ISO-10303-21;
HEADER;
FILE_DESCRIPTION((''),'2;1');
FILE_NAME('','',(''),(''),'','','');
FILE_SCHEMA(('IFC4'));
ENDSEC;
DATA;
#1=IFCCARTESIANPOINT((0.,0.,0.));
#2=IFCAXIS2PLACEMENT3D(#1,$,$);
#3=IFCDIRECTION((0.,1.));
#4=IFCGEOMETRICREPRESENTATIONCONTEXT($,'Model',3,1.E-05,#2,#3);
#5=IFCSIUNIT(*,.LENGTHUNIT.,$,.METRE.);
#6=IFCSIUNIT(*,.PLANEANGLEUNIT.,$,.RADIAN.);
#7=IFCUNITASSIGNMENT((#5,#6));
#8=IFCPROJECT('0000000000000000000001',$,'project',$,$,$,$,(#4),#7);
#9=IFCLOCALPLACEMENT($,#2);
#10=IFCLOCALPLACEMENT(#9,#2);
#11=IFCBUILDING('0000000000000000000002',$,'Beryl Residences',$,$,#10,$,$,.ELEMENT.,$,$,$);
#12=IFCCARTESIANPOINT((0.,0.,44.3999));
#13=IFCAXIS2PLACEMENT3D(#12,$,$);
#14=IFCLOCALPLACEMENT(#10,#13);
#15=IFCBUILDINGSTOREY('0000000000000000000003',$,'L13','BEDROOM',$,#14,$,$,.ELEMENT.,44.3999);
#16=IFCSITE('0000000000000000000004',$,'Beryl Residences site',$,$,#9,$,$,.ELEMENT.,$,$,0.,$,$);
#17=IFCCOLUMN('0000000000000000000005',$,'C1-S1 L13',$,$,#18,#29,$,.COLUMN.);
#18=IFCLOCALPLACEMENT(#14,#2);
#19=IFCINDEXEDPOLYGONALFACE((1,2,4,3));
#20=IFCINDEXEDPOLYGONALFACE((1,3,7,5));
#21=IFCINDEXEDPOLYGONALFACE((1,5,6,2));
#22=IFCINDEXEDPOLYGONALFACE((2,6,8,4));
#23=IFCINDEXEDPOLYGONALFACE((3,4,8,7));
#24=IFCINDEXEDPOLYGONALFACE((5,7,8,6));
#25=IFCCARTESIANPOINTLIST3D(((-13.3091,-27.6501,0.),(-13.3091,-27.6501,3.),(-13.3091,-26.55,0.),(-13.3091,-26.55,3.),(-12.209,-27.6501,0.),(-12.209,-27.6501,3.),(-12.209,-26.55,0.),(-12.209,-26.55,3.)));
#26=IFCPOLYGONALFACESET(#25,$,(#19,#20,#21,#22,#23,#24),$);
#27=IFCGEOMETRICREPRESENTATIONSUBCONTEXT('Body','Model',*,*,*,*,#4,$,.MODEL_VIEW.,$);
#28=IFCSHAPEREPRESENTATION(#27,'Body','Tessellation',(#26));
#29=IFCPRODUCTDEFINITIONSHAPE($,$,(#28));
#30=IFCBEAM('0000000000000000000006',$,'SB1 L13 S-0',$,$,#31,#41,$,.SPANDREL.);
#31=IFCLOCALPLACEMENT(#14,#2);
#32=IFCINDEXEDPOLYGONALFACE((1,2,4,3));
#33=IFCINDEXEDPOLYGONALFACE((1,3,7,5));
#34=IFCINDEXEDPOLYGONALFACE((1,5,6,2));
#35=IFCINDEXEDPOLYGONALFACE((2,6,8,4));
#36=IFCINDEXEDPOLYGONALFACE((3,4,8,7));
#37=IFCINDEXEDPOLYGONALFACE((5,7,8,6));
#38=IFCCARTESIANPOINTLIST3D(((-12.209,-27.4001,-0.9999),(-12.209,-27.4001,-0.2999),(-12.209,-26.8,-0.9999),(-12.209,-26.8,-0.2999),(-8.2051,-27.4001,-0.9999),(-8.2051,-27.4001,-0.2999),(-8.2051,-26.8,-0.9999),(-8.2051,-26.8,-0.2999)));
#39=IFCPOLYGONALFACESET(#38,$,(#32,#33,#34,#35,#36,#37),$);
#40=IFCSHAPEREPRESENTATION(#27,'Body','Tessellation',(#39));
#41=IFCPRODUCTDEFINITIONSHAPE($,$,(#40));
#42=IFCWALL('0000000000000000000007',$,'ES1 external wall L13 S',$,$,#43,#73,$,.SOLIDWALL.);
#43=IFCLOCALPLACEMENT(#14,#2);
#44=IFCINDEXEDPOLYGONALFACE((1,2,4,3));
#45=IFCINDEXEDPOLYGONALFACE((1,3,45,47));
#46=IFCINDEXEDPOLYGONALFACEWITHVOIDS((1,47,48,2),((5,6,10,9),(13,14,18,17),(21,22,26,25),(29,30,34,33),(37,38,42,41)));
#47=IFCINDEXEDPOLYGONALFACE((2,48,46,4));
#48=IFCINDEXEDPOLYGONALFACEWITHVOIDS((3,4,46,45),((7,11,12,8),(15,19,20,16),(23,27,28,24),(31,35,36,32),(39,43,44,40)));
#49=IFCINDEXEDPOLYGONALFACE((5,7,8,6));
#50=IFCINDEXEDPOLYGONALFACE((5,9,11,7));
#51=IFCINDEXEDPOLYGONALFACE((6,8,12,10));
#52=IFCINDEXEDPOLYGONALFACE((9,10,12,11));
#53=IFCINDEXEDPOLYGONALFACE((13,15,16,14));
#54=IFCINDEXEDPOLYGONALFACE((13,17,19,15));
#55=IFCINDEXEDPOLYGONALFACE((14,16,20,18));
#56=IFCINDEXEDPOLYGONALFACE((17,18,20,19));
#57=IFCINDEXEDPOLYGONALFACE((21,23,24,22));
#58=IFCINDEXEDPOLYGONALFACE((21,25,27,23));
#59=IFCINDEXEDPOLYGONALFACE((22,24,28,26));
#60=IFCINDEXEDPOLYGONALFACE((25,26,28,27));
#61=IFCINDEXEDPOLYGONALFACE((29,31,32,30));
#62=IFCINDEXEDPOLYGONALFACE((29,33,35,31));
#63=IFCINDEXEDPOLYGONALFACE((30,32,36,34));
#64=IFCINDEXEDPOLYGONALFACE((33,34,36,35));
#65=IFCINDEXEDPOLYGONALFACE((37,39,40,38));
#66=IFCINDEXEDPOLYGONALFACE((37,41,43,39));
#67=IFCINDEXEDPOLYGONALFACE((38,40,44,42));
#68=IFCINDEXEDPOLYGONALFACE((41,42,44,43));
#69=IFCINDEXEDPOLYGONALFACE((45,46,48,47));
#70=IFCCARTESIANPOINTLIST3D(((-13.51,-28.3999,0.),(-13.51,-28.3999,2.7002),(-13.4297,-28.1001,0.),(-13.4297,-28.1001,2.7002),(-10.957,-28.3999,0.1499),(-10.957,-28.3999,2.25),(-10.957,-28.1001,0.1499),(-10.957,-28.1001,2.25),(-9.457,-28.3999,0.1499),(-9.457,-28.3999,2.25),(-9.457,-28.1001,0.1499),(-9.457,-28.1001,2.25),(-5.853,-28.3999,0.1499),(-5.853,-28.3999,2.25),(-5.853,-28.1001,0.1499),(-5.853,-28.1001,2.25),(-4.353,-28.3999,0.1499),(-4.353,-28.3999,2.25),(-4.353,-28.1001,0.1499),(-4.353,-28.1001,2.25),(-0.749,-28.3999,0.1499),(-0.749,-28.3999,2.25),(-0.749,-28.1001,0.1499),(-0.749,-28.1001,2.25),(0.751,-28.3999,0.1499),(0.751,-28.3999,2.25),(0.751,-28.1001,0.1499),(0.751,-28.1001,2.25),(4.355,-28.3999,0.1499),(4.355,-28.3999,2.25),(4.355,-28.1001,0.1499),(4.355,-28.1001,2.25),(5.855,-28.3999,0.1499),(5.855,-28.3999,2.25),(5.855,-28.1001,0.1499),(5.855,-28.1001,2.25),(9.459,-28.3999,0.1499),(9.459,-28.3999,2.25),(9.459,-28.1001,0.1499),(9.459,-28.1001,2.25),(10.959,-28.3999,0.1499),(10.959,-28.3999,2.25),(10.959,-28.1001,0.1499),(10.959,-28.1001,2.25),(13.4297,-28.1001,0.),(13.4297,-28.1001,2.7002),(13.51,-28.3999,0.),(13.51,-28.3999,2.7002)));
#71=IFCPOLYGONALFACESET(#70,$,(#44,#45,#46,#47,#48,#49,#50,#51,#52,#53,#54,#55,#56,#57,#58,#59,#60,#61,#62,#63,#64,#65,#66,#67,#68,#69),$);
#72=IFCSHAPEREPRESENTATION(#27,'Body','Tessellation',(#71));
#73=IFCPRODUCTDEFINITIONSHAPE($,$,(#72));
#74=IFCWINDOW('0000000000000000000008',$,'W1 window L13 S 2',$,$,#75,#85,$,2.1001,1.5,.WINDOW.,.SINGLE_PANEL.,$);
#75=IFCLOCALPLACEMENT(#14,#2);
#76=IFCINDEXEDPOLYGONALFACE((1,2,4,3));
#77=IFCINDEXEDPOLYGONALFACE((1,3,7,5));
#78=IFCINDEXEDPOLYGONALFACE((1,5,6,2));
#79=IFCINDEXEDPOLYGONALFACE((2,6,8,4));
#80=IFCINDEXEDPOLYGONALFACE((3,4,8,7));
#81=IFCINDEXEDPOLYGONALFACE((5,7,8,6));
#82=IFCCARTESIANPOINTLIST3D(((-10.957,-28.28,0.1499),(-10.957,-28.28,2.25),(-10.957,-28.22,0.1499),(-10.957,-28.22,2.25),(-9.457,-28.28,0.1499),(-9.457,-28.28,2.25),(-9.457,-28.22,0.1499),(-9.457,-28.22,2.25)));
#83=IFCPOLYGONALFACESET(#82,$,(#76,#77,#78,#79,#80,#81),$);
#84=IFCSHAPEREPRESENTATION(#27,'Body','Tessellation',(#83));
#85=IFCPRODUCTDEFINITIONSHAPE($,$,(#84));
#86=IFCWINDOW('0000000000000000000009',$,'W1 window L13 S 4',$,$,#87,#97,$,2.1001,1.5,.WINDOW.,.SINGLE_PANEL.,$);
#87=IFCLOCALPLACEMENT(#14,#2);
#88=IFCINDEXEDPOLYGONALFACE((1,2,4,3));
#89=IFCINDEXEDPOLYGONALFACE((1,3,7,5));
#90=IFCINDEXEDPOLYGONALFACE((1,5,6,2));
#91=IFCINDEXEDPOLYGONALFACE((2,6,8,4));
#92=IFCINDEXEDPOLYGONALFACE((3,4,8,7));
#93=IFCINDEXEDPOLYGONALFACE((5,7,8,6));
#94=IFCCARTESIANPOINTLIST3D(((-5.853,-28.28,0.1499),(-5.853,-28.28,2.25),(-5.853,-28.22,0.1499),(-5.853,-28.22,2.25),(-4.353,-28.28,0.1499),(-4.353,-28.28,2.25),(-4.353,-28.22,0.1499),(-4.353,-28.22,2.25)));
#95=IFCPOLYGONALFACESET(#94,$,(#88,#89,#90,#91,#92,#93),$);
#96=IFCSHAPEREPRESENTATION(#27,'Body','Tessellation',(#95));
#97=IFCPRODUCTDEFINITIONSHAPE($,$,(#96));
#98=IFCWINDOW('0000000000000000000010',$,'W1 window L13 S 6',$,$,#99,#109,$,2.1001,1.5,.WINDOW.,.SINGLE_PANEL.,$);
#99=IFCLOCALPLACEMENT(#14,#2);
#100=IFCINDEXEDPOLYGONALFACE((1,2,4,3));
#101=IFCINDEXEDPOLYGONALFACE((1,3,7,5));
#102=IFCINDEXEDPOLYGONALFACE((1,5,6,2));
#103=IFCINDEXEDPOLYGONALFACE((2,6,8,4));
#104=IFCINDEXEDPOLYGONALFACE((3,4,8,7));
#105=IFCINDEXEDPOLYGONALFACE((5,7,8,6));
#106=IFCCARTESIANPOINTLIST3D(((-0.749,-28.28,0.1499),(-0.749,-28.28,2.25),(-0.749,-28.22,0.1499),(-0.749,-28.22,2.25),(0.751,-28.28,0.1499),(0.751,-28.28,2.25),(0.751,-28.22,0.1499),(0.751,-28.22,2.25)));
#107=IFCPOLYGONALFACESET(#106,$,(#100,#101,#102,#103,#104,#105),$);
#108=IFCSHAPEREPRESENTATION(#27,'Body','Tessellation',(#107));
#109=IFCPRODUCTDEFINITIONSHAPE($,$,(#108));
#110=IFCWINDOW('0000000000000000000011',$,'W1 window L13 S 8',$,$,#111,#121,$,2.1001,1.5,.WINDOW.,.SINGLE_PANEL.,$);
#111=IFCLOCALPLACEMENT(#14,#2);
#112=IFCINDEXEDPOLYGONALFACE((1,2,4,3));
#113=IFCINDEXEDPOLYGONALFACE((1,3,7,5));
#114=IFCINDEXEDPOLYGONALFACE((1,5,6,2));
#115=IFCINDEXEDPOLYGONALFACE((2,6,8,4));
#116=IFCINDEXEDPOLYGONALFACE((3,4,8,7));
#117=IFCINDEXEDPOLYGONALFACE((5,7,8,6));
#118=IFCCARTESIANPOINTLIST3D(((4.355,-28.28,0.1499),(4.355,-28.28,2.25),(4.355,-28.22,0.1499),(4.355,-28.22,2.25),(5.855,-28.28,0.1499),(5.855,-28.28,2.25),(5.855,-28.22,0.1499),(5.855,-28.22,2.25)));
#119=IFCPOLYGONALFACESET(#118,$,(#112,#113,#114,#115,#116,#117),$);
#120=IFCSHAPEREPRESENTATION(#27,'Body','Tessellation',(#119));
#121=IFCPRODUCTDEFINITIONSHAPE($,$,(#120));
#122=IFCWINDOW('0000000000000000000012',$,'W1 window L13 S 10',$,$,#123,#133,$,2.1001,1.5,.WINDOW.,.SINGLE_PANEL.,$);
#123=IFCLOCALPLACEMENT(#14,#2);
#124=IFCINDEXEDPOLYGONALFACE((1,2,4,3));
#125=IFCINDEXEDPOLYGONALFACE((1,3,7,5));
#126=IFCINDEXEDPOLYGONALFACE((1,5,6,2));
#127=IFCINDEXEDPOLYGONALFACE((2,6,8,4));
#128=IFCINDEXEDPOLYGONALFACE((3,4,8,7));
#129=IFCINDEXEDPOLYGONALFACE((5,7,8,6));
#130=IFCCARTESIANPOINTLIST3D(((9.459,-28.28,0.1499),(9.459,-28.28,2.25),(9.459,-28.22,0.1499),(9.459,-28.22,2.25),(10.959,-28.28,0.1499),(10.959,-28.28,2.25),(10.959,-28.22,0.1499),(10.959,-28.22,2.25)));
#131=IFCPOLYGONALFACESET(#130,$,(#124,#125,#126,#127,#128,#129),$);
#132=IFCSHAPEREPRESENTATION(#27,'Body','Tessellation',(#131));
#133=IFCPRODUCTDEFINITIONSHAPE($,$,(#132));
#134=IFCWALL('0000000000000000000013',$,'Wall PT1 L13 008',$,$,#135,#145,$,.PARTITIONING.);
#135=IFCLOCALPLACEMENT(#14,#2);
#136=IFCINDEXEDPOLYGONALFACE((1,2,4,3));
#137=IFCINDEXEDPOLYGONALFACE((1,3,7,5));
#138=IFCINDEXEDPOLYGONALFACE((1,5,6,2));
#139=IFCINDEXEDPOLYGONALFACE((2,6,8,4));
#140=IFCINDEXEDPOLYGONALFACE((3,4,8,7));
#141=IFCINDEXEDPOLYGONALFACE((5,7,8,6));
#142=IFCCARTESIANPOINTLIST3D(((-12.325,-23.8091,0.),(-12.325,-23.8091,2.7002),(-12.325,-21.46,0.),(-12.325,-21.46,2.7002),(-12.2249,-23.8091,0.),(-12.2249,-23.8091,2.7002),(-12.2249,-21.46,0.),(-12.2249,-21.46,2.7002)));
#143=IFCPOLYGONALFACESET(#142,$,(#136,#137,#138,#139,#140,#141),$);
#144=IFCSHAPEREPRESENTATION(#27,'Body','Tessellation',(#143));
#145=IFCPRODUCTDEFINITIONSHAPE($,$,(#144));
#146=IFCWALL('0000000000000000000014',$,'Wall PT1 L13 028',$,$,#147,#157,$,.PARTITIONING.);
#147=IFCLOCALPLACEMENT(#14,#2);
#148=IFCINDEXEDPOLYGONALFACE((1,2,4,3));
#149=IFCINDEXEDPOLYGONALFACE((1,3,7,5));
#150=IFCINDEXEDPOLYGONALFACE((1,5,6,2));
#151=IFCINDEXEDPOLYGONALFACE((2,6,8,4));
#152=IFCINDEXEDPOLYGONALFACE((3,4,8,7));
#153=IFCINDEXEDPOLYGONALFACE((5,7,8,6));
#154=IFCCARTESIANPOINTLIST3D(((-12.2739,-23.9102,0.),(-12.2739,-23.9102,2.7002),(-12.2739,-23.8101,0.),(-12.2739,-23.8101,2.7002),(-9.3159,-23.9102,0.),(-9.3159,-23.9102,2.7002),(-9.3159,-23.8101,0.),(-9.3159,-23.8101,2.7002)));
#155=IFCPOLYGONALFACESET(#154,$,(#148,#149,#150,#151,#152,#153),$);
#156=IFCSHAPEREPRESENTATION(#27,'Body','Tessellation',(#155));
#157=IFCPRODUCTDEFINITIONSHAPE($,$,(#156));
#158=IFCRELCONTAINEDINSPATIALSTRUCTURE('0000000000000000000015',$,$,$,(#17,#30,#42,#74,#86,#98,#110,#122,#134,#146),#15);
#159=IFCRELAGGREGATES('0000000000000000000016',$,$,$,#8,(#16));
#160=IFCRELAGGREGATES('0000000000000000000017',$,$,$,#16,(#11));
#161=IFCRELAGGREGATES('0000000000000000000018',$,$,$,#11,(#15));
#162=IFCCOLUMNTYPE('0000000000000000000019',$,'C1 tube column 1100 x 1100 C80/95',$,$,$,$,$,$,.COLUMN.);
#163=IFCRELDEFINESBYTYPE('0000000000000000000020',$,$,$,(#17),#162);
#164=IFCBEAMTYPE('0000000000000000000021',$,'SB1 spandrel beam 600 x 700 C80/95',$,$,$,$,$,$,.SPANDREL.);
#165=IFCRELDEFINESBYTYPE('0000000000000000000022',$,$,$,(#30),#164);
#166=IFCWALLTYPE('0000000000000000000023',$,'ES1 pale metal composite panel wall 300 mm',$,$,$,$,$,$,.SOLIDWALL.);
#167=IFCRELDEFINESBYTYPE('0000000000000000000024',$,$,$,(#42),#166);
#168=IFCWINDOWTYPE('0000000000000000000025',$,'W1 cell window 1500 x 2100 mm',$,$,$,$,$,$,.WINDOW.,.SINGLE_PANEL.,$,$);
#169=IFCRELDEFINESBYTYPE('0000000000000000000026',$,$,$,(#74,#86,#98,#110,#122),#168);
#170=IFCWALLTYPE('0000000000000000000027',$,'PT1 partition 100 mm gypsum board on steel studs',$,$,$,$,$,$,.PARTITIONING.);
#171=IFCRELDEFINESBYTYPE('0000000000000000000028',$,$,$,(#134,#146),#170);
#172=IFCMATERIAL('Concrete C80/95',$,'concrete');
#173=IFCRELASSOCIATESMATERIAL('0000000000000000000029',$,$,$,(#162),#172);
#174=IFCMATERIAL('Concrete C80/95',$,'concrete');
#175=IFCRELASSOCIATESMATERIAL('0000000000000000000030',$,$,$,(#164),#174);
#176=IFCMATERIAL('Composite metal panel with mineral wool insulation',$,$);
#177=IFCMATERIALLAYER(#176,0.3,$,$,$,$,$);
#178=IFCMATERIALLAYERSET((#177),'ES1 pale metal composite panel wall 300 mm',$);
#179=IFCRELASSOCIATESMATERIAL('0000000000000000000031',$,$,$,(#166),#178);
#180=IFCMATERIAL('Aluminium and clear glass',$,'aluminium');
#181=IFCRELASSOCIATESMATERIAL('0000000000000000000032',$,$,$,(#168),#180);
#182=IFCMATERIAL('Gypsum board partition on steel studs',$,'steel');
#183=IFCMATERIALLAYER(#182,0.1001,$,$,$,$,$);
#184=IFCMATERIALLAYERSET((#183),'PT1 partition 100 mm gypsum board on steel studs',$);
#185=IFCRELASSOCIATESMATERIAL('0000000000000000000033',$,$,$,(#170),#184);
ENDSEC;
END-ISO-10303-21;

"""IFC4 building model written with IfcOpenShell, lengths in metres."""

from ifc_helpers import new_model, si_unit, direction, frame, frame_2d, origin, origin_2d, place, context, subcontext, project, spatial, polyline, rectangle, outline, extrude, material, layer, layer_set, material_profile, profile_set, type_object, element, fill, save


model = new_model("IFC4")

# Units and contexts
model_context = context("Model", 3, precision=1e-05, world=origin(), true_north=direction((0.0, 1.0)))
body_context = subcontext(model_context, "Body", "Model", "MODEL_VIEW")
ifc_project = project(units=[si_unit("LENGTHUNIT", "METRE"), si_unit("PLANEANGLEUNIT", "RADIAN")], contexts=[model_context])

# Site, building, storey
site_placement = place(None, origin())
site = spatial("IfcSite", under=ifc_project, at=site_placement, Name="Beryl Residences site", CompositionType="ELEMENT", RefElevation=0.0)
building_placement = place(site_placement, origin())
building = spatial("IfcBuilding", under=site, at=building_placement, Name="Beryl Residences", CompositionType="ELEMENT")
storey_placement = place(building_placement, frame((0.0, 0.0, 44.3999)))
storey = spatial("IfcBuildingStorey", under=building, at=storey_placement, Name="L13", Description="BEDROOM", CompositionType="ELEMENT", Elevation=44.3999)

# Column
ifc_material_1 = material(Name="Concrete C80/95", Category="concrete")
ifc_material_profile_1 = material_profile(ifc_material_1, rectangle(XDim=1.1001, YDim=1.1001, at=origin_2d()))
ifc_profile_set_1 = profile_set([ifc_material_profile_1], Name="Concrete C80/95")
column_type = type_object("IfcColumnType", Name="C1 tube column 1100 x 1100 C80/95", PredefinedType="COLUMN", material=ifc_profile_set_1)
column_placement = place(storey_placement, frame((-12.759, -27.1001, 0.0), z_axis=(0.0, 0.0, 1.0), x_axis=(1.0, 0.0, 0.0)))
element("IfcColumn", 1, at=column_placement, inside=storey, type_object=column_type, Name="C1-S1 L13", PredefinedType="COLUMN", context=body_context, shape_type="SweptSolid", body=[
    extrude(rectangle(XDim=1.1001, YDim=1.1001, at=origin_2d()), origin(), (0.0, 0.0, 1.0), 3.0),
])

# Beam
ifc_material_2 = material(Name="Concrete C80/95", Category="concrete")
ifc_material_profile_2 = material_profile(ifc_material_2, rectangle(XDim=0.6001, YDim=0.7, at=origin_2d()))
ifc_profile_set_2 = profile_set([ifc_material_profile_2], Name="Concrete C80/95")
beam_type = type_object("IfcBeamType", Name="SB1 spandrel beam 600 x 700 C80/95", PredefinedType="SPANDREL", material=ifc_profile_set_2)
beam_placement = place(storey_placement, frame((-12.209, -27.1001, -0.6499), z_axis=(1.0, 0.0, 0.0), x_axis=(0.0, 1.0, 0.0)))
element("IfcBeam", 2, at=beam_placement, inside=storey, type_object=beam_type, Name="SB1 L13 S-0", PredefinedType="SPANDREL", context=body_context, shape_type="SweptSolid", body=[
    extrude(rectangle(XDim=0.6001, YDim=0.7, at=origin_2d()), origin(), (0.0, 0.0, 1.0), 4.0039),
])

# Wall, openings, windows
ifc_material_3 = material(Name="Composite metal panel with mineral wool insulation")
ifc_layer_1 = layer(ifc_material_3, 0.3)
ifc_layer_set_1 = layer_set([ifc_layer_1], Name="ES1 pale metal composite panel wall 300 mm")
wall_type_1 = type_object("IfcWallType", Name="ES1 pale metal composite panel wall 300 mm", PredefinedType="SOLIDWALL", material=ifc_layer_set_1)
wall_1_placement = place(storey_placement, frame((-13.51, -28.25, 0.0), z_axis=(0.0, 0.0, 1.0), x_axis=(1.0, 0.0, 0.0)))
wall_1 = element("IfcWall", 3, at=wall_1_placement, inside=storey, type_object=wall_type_1, Name="ES1 external wall L13 S", PredefinedType="SOLIDWALL", context=body_context, shape_type="SweptSolid", body=[
    extrude(outline(polyline([(0.0, -0.1499), (27.02, -0.1499), (26.9397, 0.1499), (0.0803, 0.1499), (0.0, -0.1499)])), origin(), (0.0, 0.0, 1.0), 2.7002),
])
opening_1_placement = place(wall_1_placement, frame((2.553, 0.0, 0.1499)))
opening_1 = element("IfcOpeningElement", 4, at=opening_1_placement, cuts=wall_1, PredefinedType="OPENING", context=body_context, shape_type="SweptSolid", body=[
    extrude(rectangle(XDim=1.5, YDim=2.1001, at=frame_2d((0.75, 1.05))), frame((0.0, 0.1599, 0.0), z_axis=(0.0, -1.0, 0.0), x_axis=(1.0, 0.0, 0.0)), (0.0, 0.0, 1.0), 0.3201),
])
opening_2_placement = place(wall_1_placement, frame((7.657, 0.0, 0.1499)))
opening_2 = element("IfcOpeningElement", 5, at=opening_2_placement, cuts=wall_1, PredefinedType="OPENING", context=body_context, shape_type="SweptSolid", body=[
    extrude(rectangle(XDim=1.5, YDim=2.1001, at=frame_2d((0.75, 1.05))), frame((0.0, 0.1599, 0.0), z_axis=(0.0, -1.0, 0.0), x_axis=(1.0, 0.0, 0.0)), (0.0, 0.0, 1.0), 0.3201),
])
opening_3_placement = place(wall_1_placement, frame((12.761, 0.0, 0.1499)))
opening_3 = element("IfcOpeningElement", 6, at=opening_3_placement, cuts=wall_1, PredefinedType="OPENING", context=body_context, shape_type="SweptSolid", body=[
    extrude(rectangle(XDim=1.5, YDim=2.1001, at=frame_2d((0.75, 1.05))), frame((0.0, 0.1599, 0.0), z_axis=(0.0, -1.0, 0.0), x_axis=(1.0, 0.0, 0.0)), (0.0, 0.0, 1.0), 0.3201),
])
opening_4_placement = place(wall_1_placement, frame((17.865, 0.0, 0.1499)))
opening_4 = element("IfcOpeningElement", 7, at=opening_4_placement, cuts=wall_1, PredefinedType="OPENING", context=body_context, shape_type="SweptSolid", body=[
    extrude(rectangle(XDim=1.5, YDim=2.1001, at=frame_2d((0.75, 1.05))), frame((0.0, 0.1599, 0.0), z_axis=(0.0, -1.0, 0.0), x_axis=(1.0, 0.0, 0.0)), (0.0, 0.0, 1.0), 0.3201),
])
opening_5_placement = place(wall_1_placement, frame((22.969, 0.0, 0.1499)))
opening_5 = element("IfcOpeningElement", 8, at=opening_5_placement, cuts=wall_1, PredefinedType="OPENING", context=body_context, shape_type="SweptSolid", body=[
    extrude(rectangle(XDim=1.5, YDim=2.1001, at=frame_2d((0.75, 1.05))), frame((0.0, 0.1599, 0.0), z_axis=(0.0, -1.0, 0.0), x_axis=(1.0, 0.0, 0.0)), (0.0, 0.0, 1.0), 0.3201),
])
ifc_material_4 = material(Name="Aluminium and clear glass", Category="aluminium")
window_type = type_object("IfcWindowType", Name="W1 cell window 1500 x 2100 mm", PartitioningType="SINGLE_PANEL", PredefinedType="WINDOW", material=ifc_material_4)
window_1_placement = place(opening_1_placement, origin())
window_1 = element("IfcWindow", 9, at=window_1_placement, inside=storey, type_object=window_type, Name="W1 window L13 S 2", OverallHeight=2.1001, OverallWidth=1.5, PartitioningType="SINGLE_PANEL", PredefinedType="WINDOW", context=body_context, shape_type="SweptSolid", body=[
    extrude(rectangle(XDim=1.5, YDim=2.1001, at=frame_2d((0.75, 1.05))), frame((0.0, 0.03, 0.0), z_axis=(0.0, -1.0, 0.0), x_axis=(1.0, 0.0, 0.0)), (0.0, 0.0, 1.0), 0.0601),
])
fill(opening_1, window_1)
window_2_placement = place(opening_2_placement, origin())
window_2 = element("IfcWindow", 10, at=window_2_placement, inside=storey, type_object=window_type, Name="W1 window L13 S 4", OverallHeight=2.1001, OverallWidth=1.5, PartitioningType="SINGLE_PANEL", PredefinedType="WINDOW", context=body_context, shape_type="SweptSolid", body=[
    extrude(rectangle(XDim=1.5, YDim=2.1001, at=frame_2d((0.75, 1.05))), frame((0.0, 0.03, 0.0), z_axis=(0.0, -1.0, 0.0), x_axis=(1.0, 0.0, 0.0)), (0.0, 0.0, 1.0), 0.0601),
])
fill(opening_2, window_2)
window_3_placement = place(opening_3_placement, origin())
window_3 = element("IfcWindow", 11, at=window_3_placement, inside=storey, type_object=window_type, Name="W1 window L13 S 6", OverallHeight=2.1001, OverallWidth=1.5, PartitioningType="SINGLE_PANEL", PredefinedType="WINDOW", context=body_context, shape_type="SweptSolid", body=[
    extrude(rectangle(XDim=1.5, YDim=2.1001, at=frame_2d((0.75, 1.05))), frame((0.0, 0.03, 0.0), z_axis=(0.0, -1.0, 0.0), x_axis=(1.0, 0.0, 0.0)), (0.0, 0.0, 1.0), 0.0601),
])
fill(opening_3, window_3)
window_4_placement = place(opening_4_placement, origin())
window_4 = element("IfcWindow", 12, at=window_4_placement, inside=storey, type_object=window_type, Name="W1 window L13 S 8", OverallHeight=2.1001, OverallWidth=1.5, PartitioningType="SINGLE_PANEL", PredefinedType="WINDOW", context=body_context, shape_type="SweptSolid", body=[
    extrude(rectangle(XDim=1.5, YDim=2.1001, at=frame_2d((0.75, 1.05))), frame((0.0, 0.03, 0.0), z_axis=(0.0, -1.0, 0.0), x_axis=(1.0, 0.0, 0.0)), (0.0, 0.0, 1.0), 0.0601),
])
fill(opening_4, window_4)
window_5_placement = place(opening_5_placement, origin())
window_5 = element("IfcWindow", 13, at=window_5_placement, inside=storey, type_object=window_type, Name="W1 window L13 S 10", OverallHeight=2.1001, OverallWidth=1.5, PartitioningType="SINGLE_PANEL", PredefinedType="WINDOW", context=body_context, shape_type="SweptSolid", body=[
    extrude(rectangle(XDim=1.5, YDim=2.1001, at=frame_2d((0.75, 1.05))), frame((0.0, 0.03, 0.0), z_axis=(0.0, -1.0, 0.0), x_axis=(1.0, 0.0, 0.0)), (0.0, 0.0, 1.0), 0.0601),
])
fill(opening_5, window_5)

# Walls
ifc_material_5 = material(Name="Gypsum board partition on steel studs", Category="steel")
ifc_layer_2 = layer(ifc_material_5, 0.1001)
ifc_layer_set_2 = layer_set([ifc_layer_2], Name="PT1 partition 100 mm gypsum board on steel studs")
wall_type_2 = type_object("IfcWallType", Name="PT1 partition 100 mm gypsum board on steel studs", PredefinedType="PARTITIONING", material=ifc_layer_set_2)
wall_2_placement = place(storey_placement, frame((-12.2749, -21.46, 0.0), z_axis=(0.0, 0.0, 1.0), x_axis=(0.0, -1.0, 0.0)))
element("IfcWall", 14, at=wall_2_placement, inside=storey, type_object=wall_type_2, Name="Wall PT1 L13 008", PredefinedType="PARTITIONING", context=body_context, shape_type="SweptSolid", body=[
    extrude(rectangle(XDim=2.3491, YDim=0.1001, at=frame_2d((1.1746, 0.0))), origin(), (0.0, 0.0, 1.0), 2.7002),
])
wall_3_placement = place(storey_placement, frame((-12.2739, -23.8601, 0.0), z_axis=(0.0, 0.0, 1.0), x_axis=(1.0, 0.0, 0.0)))
element("IfcWall", 15, at=wall_3_placement, inside=storey, type_object=wall_type_2, Name="Wall PT1 L13 028", PredefinedType="PARTITIONING", context=body_context, shape_type="SweptSolid", body=[
    extrude(rectangle(XDim=2.958, YDim=0.1001, at=frame_2d((1.479, 0.0))), origin(), (0.0, 0.0, 1.0), 2.7002),
])

save(model, "model.ifc")
